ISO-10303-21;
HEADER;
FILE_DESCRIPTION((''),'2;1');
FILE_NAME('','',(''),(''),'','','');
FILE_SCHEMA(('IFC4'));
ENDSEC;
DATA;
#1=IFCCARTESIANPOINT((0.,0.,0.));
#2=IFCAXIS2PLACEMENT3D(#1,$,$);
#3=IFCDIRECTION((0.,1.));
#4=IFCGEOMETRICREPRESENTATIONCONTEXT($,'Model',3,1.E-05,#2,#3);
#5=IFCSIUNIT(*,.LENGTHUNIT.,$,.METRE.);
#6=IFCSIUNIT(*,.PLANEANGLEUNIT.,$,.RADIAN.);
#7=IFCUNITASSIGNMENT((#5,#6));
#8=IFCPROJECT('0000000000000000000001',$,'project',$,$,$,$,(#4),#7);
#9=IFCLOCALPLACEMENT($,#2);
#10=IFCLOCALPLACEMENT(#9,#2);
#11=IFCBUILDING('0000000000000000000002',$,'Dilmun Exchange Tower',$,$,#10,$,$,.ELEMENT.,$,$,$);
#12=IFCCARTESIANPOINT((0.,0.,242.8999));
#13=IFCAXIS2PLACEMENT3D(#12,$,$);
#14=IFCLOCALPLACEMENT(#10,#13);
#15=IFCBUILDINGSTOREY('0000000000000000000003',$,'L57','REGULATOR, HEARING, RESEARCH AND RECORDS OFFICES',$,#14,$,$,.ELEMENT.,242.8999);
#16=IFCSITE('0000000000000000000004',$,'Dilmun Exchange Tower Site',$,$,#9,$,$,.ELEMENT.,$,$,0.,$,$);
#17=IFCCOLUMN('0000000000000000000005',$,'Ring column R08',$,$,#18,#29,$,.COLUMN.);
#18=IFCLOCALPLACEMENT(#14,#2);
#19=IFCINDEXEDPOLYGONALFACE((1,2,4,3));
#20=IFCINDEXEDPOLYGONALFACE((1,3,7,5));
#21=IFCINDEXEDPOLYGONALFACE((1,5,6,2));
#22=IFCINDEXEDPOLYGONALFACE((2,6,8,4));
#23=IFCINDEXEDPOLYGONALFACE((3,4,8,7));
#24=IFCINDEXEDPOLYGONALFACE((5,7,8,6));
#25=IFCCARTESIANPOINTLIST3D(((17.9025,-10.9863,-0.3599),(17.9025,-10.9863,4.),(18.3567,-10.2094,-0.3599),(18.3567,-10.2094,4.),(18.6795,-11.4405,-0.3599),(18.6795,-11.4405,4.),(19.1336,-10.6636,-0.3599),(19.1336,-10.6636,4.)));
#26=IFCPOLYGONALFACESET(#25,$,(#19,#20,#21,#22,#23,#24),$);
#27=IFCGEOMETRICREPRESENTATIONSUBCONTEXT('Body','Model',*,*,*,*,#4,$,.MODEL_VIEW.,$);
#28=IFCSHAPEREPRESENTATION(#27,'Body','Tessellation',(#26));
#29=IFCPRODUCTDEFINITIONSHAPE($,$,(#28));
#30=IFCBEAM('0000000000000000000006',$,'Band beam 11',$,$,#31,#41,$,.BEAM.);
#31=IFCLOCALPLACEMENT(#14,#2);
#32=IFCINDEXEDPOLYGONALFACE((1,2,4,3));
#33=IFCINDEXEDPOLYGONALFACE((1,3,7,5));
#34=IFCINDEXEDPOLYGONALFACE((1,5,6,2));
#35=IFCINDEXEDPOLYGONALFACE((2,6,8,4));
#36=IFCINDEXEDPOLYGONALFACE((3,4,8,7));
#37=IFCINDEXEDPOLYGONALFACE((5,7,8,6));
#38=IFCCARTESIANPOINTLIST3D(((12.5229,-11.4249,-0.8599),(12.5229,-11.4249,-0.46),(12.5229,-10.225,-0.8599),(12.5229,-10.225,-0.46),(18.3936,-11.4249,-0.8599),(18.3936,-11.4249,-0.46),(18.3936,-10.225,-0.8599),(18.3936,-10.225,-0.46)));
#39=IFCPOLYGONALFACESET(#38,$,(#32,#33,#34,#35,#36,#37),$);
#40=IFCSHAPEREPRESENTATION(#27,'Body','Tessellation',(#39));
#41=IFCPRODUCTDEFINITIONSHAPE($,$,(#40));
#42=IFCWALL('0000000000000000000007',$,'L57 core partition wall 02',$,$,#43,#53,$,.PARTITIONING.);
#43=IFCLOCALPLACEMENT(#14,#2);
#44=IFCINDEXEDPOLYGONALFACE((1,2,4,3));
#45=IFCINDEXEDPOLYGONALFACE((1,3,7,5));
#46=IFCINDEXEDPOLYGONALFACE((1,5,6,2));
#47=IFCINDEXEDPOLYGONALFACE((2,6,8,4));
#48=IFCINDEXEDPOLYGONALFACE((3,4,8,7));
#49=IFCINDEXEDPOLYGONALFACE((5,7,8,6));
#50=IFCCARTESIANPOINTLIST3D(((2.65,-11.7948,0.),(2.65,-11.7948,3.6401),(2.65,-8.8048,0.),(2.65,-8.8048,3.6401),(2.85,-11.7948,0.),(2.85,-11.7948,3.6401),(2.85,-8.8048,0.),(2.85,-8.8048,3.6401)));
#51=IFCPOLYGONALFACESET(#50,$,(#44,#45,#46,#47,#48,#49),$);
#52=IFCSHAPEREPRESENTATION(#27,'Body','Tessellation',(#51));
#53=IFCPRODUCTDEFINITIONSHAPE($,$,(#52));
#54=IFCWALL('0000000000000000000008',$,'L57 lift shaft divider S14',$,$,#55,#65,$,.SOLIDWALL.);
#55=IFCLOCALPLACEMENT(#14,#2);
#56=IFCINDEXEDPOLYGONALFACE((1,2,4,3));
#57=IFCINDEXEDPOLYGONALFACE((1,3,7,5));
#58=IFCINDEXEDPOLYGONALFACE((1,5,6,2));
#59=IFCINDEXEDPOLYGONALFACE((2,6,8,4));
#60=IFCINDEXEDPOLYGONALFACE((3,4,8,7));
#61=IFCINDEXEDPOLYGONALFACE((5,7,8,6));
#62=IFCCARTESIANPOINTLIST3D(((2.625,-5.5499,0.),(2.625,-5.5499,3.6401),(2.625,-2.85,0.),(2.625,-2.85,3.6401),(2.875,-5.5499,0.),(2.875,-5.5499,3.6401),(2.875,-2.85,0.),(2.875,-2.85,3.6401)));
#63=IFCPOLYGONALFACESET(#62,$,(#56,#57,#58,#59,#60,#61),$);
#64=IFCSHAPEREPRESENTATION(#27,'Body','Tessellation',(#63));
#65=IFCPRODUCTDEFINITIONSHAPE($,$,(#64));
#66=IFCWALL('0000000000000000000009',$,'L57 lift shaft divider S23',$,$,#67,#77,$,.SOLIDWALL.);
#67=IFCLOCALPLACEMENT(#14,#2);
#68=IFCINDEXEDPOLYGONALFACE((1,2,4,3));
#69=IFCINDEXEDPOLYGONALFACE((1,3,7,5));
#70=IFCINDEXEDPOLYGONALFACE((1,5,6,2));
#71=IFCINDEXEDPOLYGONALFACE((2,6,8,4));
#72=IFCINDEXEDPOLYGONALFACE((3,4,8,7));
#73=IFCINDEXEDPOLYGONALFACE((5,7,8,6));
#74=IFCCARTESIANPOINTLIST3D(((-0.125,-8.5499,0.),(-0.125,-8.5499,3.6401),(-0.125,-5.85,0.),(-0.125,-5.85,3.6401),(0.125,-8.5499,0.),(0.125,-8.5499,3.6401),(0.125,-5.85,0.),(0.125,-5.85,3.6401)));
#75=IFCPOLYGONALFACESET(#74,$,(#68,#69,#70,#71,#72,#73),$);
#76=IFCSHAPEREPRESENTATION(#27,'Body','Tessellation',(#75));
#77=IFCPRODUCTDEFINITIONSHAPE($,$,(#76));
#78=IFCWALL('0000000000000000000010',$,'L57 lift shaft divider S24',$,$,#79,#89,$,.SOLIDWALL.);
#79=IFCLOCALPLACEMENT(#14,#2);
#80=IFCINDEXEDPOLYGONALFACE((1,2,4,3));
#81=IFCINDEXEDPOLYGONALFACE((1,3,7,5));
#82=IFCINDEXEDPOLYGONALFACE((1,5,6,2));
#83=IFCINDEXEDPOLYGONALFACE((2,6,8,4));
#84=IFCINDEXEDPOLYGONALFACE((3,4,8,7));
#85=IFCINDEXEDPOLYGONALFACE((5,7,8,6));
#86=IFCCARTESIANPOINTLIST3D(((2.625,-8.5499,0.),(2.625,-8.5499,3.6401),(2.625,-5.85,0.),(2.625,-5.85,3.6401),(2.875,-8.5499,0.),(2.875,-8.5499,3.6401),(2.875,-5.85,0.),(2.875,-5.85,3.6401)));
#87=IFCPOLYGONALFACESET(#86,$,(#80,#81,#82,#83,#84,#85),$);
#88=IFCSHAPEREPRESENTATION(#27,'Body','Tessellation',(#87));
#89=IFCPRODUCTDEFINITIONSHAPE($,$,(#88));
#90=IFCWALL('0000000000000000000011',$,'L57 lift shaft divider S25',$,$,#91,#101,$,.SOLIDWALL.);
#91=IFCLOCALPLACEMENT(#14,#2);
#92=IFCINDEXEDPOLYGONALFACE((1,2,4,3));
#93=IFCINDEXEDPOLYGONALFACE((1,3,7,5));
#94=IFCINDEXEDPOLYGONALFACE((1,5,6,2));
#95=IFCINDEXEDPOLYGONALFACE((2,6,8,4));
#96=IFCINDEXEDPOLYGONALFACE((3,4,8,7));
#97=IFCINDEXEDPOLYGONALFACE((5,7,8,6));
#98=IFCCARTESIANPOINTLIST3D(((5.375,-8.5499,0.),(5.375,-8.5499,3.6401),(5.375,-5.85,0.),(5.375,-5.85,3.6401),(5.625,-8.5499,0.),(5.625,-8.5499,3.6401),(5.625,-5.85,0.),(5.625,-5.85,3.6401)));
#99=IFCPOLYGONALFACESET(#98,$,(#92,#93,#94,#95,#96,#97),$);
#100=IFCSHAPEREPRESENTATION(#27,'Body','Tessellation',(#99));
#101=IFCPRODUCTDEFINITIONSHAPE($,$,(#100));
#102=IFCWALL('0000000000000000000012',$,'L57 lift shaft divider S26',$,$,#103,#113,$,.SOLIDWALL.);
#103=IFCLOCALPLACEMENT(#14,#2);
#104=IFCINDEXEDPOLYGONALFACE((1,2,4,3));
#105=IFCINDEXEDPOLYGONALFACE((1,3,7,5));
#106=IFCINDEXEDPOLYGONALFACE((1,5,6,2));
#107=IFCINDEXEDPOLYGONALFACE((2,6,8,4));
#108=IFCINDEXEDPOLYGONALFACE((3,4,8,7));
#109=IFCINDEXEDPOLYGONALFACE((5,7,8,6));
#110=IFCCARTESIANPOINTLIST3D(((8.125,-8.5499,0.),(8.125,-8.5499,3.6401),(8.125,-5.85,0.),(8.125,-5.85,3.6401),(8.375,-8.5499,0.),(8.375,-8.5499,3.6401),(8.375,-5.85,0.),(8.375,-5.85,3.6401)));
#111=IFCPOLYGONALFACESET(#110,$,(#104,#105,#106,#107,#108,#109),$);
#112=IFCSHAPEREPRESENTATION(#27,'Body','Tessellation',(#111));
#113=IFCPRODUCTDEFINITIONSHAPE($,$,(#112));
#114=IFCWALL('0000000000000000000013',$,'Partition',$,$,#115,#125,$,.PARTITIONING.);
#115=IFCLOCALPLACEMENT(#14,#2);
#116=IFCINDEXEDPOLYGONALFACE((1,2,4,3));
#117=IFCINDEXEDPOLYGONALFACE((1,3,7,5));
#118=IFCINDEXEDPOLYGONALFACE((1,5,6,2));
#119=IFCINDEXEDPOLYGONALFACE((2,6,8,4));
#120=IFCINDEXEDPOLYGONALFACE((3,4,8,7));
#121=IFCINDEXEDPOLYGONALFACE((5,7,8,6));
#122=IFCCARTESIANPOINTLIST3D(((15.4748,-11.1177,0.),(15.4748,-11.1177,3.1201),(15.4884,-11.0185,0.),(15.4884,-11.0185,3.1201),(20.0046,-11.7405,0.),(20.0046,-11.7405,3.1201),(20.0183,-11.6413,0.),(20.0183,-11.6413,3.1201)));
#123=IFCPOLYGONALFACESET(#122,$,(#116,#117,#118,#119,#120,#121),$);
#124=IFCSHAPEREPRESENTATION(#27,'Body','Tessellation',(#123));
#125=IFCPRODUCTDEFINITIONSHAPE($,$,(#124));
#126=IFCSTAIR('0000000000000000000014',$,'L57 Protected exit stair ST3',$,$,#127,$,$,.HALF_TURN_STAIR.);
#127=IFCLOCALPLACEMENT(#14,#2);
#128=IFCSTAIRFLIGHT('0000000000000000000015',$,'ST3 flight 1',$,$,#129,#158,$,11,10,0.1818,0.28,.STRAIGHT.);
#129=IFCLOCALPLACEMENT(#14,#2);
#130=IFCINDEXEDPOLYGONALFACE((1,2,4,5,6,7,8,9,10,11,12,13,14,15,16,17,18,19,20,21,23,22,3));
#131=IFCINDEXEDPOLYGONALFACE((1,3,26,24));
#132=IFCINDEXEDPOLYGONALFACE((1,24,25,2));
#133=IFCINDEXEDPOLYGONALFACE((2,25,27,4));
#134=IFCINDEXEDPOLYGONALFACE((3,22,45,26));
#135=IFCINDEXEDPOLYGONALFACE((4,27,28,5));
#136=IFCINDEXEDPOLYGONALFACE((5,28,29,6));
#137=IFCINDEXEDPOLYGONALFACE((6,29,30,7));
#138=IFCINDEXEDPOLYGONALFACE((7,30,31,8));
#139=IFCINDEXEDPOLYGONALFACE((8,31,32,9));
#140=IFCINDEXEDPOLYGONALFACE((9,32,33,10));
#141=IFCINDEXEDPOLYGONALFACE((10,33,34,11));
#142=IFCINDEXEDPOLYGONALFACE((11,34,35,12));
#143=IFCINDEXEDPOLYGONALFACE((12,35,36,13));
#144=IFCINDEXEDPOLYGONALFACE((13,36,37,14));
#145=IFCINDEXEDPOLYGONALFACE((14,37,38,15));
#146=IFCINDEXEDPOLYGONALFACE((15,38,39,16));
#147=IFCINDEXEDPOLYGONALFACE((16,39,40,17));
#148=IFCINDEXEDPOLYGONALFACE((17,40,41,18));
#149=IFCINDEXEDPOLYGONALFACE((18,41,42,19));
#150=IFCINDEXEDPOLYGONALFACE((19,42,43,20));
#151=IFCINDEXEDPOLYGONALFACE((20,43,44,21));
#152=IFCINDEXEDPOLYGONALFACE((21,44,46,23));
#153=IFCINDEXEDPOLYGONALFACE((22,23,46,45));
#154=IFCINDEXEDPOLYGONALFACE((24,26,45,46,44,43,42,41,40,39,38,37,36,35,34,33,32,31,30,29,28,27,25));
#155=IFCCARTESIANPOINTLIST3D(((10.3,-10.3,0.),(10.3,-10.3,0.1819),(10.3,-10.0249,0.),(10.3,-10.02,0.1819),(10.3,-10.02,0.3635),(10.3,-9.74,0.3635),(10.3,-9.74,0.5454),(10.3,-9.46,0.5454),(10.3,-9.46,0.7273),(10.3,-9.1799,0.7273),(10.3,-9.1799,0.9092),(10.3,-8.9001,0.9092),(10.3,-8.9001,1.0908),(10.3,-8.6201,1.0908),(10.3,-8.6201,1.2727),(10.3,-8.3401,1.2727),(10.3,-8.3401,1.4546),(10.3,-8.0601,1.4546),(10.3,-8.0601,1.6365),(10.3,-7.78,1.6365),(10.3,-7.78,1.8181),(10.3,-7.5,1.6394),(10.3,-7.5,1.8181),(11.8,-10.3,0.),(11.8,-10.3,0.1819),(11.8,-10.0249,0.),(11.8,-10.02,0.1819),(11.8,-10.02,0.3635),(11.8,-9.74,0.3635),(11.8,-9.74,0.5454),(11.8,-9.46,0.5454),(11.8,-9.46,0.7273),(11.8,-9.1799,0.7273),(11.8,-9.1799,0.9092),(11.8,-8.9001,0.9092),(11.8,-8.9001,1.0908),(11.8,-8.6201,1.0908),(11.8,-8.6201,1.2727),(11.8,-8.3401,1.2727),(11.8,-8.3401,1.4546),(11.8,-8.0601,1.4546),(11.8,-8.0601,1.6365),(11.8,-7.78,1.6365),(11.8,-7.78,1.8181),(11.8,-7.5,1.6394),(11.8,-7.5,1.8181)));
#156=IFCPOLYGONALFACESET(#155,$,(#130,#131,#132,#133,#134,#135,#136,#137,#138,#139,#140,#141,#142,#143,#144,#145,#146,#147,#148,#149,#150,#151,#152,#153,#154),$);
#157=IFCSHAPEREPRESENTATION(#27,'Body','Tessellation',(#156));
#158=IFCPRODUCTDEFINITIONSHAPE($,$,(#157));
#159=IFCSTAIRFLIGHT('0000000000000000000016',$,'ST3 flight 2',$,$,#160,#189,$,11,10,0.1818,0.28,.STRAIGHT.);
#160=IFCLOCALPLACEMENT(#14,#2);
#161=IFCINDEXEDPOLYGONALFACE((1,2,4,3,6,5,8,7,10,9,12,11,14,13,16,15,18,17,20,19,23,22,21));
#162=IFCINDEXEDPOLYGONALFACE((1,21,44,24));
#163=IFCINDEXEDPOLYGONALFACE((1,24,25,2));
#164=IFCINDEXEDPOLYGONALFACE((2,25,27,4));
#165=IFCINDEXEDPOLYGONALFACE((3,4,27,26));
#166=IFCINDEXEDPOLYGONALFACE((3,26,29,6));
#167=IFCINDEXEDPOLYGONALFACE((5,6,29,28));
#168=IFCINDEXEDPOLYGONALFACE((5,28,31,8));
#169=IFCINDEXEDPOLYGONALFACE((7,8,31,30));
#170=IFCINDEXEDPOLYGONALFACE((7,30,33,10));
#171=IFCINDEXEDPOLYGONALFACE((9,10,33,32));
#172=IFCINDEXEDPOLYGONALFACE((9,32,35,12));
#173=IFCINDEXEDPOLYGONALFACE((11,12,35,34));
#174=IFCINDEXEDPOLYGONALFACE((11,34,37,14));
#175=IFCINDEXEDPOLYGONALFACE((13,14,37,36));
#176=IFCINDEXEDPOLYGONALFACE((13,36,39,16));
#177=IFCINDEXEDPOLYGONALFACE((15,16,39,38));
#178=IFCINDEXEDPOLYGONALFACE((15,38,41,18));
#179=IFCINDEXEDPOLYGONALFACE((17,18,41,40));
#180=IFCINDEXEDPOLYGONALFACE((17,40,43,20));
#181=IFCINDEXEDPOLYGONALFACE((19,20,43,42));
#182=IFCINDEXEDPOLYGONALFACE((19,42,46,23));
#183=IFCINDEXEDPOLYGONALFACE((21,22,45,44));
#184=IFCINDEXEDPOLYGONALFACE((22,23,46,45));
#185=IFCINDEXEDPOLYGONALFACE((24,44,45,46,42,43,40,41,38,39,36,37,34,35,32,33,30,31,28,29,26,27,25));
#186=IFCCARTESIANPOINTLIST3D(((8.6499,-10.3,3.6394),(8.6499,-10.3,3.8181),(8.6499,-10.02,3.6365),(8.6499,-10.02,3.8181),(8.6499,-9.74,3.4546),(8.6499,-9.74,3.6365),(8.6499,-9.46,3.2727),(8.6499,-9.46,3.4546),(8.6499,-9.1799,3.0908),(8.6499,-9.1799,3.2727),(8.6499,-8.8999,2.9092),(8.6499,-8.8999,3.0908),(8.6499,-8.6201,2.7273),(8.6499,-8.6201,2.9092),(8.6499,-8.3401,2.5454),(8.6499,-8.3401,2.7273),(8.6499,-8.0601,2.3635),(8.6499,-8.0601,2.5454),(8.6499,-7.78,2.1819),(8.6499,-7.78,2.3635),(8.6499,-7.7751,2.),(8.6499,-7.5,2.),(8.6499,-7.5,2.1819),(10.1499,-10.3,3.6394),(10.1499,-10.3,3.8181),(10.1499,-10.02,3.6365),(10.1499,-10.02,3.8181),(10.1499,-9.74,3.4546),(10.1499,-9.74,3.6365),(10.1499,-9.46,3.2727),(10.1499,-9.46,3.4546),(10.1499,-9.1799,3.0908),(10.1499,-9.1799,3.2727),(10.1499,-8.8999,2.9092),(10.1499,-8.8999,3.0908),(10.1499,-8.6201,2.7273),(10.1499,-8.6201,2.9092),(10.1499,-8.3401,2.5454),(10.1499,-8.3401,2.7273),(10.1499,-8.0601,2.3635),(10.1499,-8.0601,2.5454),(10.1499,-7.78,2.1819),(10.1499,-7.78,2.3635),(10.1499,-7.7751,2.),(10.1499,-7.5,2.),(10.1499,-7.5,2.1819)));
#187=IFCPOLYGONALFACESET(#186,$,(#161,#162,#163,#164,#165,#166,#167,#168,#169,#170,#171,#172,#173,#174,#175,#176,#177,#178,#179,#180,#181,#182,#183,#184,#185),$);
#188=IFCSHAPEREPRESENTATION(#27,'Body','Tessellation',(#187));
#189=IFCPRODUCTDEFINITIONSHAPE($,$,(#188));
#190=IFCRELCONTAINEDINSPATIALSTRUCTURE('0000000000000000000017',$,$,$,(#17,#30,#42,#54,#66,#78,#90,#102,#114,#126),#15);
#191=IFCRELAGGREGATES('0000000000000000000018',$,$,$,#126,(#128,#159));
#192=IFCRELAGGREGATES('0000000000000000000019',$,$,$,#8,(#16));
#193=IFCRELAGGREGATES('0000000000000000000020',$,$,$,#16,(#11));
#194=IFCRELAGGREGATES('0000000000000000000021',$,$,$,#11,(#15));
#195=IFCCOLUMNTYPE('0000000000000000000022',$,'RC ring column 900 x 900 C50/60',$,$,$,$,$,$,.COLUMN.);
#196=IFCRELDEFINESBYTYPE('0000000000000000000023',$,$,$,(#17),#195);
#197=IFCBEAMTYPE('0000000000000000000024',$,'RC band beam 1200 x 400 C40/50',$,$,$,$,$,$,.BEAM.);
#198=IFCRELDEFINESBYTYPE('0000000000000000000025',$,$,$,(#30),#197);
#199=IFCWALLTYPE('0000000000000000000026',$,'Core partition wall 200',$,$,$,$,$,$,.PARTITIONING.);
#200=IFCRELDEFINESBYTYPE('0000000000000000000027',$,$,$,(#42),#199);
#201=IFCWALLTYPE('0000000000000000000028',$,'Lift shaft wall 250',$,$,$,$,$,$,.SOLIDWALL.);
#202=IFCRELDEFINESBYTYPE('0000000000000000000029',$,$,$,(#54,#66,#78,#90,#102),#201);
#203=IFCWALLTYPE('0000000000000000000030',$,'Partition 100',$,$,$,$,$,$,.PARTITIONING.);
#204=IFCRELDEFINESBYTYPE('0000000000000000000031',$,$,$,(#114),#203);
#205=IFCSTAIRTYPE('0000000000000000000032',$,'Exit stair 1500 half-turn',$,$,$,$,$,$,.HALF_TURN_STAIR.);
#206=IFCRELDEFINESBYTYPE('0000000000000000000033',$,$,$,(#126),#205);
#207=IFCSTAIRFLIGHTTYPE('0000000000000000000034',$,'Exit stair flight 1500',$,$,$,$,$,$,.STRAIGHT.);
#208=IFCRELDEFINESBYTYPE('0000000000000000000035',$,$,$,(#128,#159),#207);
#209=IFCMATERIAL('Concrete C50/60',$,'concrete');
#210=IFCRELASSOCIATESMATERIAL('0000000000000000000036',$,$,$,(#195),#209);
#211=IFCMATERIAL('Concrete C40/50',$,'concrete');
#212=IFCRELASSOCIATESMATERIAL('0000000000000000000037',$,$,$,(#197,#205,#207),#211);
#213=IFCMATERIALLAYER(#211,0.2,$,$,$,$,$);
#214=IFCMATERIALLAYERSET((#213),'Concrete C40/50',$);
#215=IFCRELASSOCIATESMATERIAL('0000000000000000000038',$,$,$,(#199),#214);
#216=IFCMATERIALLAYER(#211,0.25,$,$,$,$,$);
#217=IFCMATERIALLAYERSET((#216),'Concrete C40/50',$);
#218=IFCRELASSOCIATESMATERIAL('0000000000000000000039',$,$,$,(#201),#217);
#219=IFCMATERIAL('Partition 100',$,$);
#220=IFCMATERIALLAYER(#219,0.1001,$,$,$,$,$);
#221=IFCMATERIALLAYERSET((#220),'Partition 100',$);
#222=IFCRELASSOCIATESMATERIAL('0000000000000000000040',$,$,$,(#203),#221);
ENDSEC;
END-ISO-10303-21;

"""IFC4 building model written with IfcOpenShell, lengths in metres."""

from ifc_helpers import new_model, si_unit, direction, frame, frame_2d, origin, origin_2d, place, context, subcontext, project, spatial, polyline, rectangle, outline, extrude, material, layer, layer_set, material_profile, profile_set, type_object, element, aggregate, save


model = new_model("IFC4")

# Units and contexts
model_context = context("Model", 3, precision=1e-05, world=origin(), true_north=direction((0.0, 1.0)))
body_context = subcontext(model_context, "Body", "Model", "MODEL_VIEW")
ifc_project = project(units=[si_unit("LENGTHUNIT", "METRE"), si_unit("PLANEANGLEUNIT", "RADIAN")], contexts=[model_context])

# Site, building, storey
site_placement = place(None, origin())
site = spatial("IfcSite", under=ifc_project, at=site_placement, Name="Dilmun Exchange Tower Site", CompositionType="ELEMENT", RefElevation=0.0)
building_placement = place(site_placement, origin())
building = spatial("IfcBuilding", under=site, at=building_placement, Name="Dilmun Exchange Tower", CompositionType="ELEMENT")
storey_placement = place(building_placement, frame((0.0, 0.0, 242.8999)))
storey = spatial("IfcBuildingStorey", under=building, at=storey_placement, Name="L57", Description="REGULATOR, HEARING, RESEARCH AND RECORDS OFFICES", CompositionType="ELEMENT", Elevation=242.8999)

# Column
ifc_material_1 = material(Name="Concrete C50/60", Category="concrete")
ifc_material_profile_1 = material_profile(ifc_material_1, rectangle(XDim=0.8999, YDim=0.8999, at=origin_2d()), Name="900 x 900")
ifc_profile_set_1 = profile_set([ifc_material_profile_1], Name="Concrete C50/60")
column_type = type_object("IfcColumnType", Name="RC ring column 900 x 900 C50/60", PredefinedType="COLUMN", material=ifc_profile_set_1)
column_placement = place(storey_placement, frame((18.5181, -10.825, -0.3599), z_axis=(0.0, 0.0, 1.0), x_axis=(0.504644, 0.863328, 0.0)))
element("IfcColumn", 1, at=column_placement, inside=storey, type_object=column_type, Name="Ring column R08", PredefinedType="COLUMN", context=body_context, shape_type="SweptSolid", body=[
    extrude(rectangle(XDim=0.8999, YDim=0.8999, at=origin_2d()), origin(), (0.0, 0.0, 1.0), 4.3599),
])

# Beam
ifc_material_2 = material(Name="Concrete C40/50", Category="concrete")
ifc_material_profile_2 = material_profile(ifc_material_2, rectangle(XDim=1.2, YDim=0.3999, at=origin_2d()), Name="1200 x 400")
ifc_profile_set_2 = profile_set([ifc_material_profile_2], Name="Concrete C40/50")
beam_type = type_object("IfcBeamType", Name="RC band beam 1200 x 400 C40/50", PredefinedType="BEAM", material=ifc_profile_set_2)
beam_placement = place(storey_placement, frame((18.3936, -10.825, -0.6599), z_axis=(-1.0, 0.0, 0.0), x_axis=(0.0, -1.0, 0.0)))
element("IfcBeam", 2, at=beam_placement, inside=storey, type_object=beam_type, Name="Band beam 11", PredefinedType="BEAM", context=body_context, shape_type="SweptSolid", body=[
    extrude(rectangle(XDim=1.2, YDim=0.3999, at=origin_2d()), origin(), (0.0, 0.0, 1.0), 5.8706),
])

# Wall
ifc_layer_1 = layer(ifc_material_2, 0.2)
ifc_layer_set_1 = layer_set([ifc_layer_1], Name="Concrete C40/50")
wall_type_1 = type_object("IfcWallType", Name="Core partition wall 200", PredefinedType="PARTITIONING", material=ifc_layer_set_1)
wall_1_placement = place(storey_placement, frame((2.75, -11.7949, 0.0), z_axis=(0.0, 0.0, 1.0), x_axis=(0.0, 1.0, 0.0)))
element("IfcWall", 3, at=wall_1_placement, inside=storey, type_object=wall_type_1, Name="L57 core partition wall 02", PredefinedType="PARTITIONING", context=body_context, shape_type="SweptSolid", body=[
    extrude(rectangle(XDim=2.99, YDim=0.2, at=frame_2d((1.4951, 0.0))), origin(), (0.0, 0.0, 1.0), 3.6401),
])

# Walls
ifc_layer_2 = layer(ifc_material_2, 0.25)
ifc_layer_set_2 = layer_set([ifc_layer_2], Name="Concrete C40/50")
wall_type_2 = type_object("IfcWallType", Name="Lift shaft wall 250", PredefinedType="SOLIDWALL", material=ifc_layer_set_2)
for number, where, z_axis, x_axis, name in (
    (4, (2.75, -5.55, 0.0), (0.0, 0.0, 1.0), (0.0, 1.0, 0.0), "L57 lift shaft divider S14"),
    (5, (0.0, -8.55, 0.0), (0.0, 0.0, 1.0), (0.0, 1.0, 0.0), "L57 lift shaft divider S23"),
    (6, (2.75, -8.55, 0.0), (0.0, 0.0, 1.0), (0.0, 1.0, 0.0), "L57 lift shaft divider S24"),
    (7, (5.5, -8.55, 0.0), (0.0, 0.0, 1.0), (0.0, 1.0, 0.0), "L57 lift shaft divider S25"),
    (8, (8.25, -8.55, 0.0), (0.0, 0.0, 1.0), (0.0, 1.0, 0.0), "L57 lift shaft divider S26"),
):
    element("IfcWall", number, at=place(storey_placement, frame(where, z_axis=z_axis, x_axis=x_axis)), inside=storey, type_object=wall_type_2, Name=name, PredefinedType="SOLIDWALL", context=body_context, shape_type="SweptSolid", body=[
        extrude(rectangle(XDim=2.7, YDim=0.25, at=frame_2d((1.3501, 0.0))), origin(), (0.0, 0.0, 1.0), 3.6401),
    ])
ifc_material_3 = material(Name="Partition 100")
ifc_layer_3 = layer(ifc_material_3, 0.1001)
ifc_layer_set_3 = layer_set([ifc_layer_3], Name="Partition 100")
wall_type_3 = type_object("IfcWallType", Name="Partition 100", PredefinedType="PARTITIONING", material=ifc_layer_set_3)
wall_2_placement = place(storey_placement, frame((15.4817, -11.0681, 0.0), z_axis=(0.0, 0.0, 1.0), x_axis=(0.99068, -0.136209, 0.0)))
element("IfcWall", 9, at=wall_2_placement, inside=storey, type_object=wall_type_3, Name="Partition", PredefinedType="PARTITIONING", context=body_context, shape_type="SweptSolid", body=[
    extrude(rectangle(XDim=4.5725, YDim=0.1001, at=frame_2d((2.2861, 0.0))), origin(), (0.0, 0.0, 1.0), 3.1201),
])

# Stair, stair flights
stair_type = type_object("IfcStairType", Name="Exit stair 1500 half-turn", PredefinedType="HALF_TURN_STAIR", material=ifc_material_2)
stair_placement = place(storey_placement, origin())
stair = element("IfcStair", 10, at=stair_placement, inside=storey, type_object=stair_type, Name="L57 Protected exit stair ST3", PredefinedType="HALF_TURN_STAIR")
stair_flight_type = type_object("IfcStairFlightType", Name="Exit stair flight 1500", PredefinedType="STRAIGHT", material=ifc_material_2)
stair_flight_1_placement = place(storey_placement, frame((11.05, -10.3, 0.0), z_axis=(0.0, 0.0, 1.0), x_axis=(0.0, 1.0, 0.0)))
stair_flight_1 = element("IfcStairFlight", 11, at=stair_flight_1_placement, type_object=stair_flight_type, Name="ST3 flight 1", NumberOfRisers=11, NumberOfTreads=10, PredefinedType="STRAIGHT", RiserHeight=0.1818, TreadLength=0.28, context=body_context, shape_type="SweptSolid", body=[
    extrude(outline(polyline([(0.0, 0.0), (0.0, 0.1819), (0.28, 0.1819), (0.28, 0.3635), (0.5601, 0.3635), (0.5601, 0.5454), (0.8401, 0.5454), (0.8401, 0.7273), (1.1201, 0.7273), (1.1201, 0.9092), (1.3999, 0.9092), (1.3999, 1.0908), (1.6799, 1.0908), (1.6799, 1.2727), (1.96, 1.2727), (1.96, 1.4546), (2.24, 1.4546), (2.24, 1.6365), (2.52, 1.6365), (2.52, 1.8181), (2.8, 1.8181), (2.8, 2.0), (2.8, 1.6394), (0.2751, 0.0), (0.0, 0.0)])), frame((0.0, 0.75, 0.0), z_axis=(0.0, -1.0, 0.0), x_axis=(1.0, 0.0, 0.0)), (0.0, 0.0, 1.0), 1.5),
])
stair_flight_2_placement = place(storey_placement, frame((9.3999, -7.5, 2.0), z_axis=(0.0, 0.0, 1.0), x_axis=(0.0, -1.0, 0.0)))
stair_flight_2 = element("IfcStairFlight", 12, at=stair_flight_2_placement, type_object=stair_flight_type, Name="ST3 flight 2", NumberOfRisers=11, NumberOfTreads=10, PredefinedType="STRAIGHT", RiserHeight=0.1818, TreadLength=0.28, context=body_context, shape_type="SweptSolid", body=[
    extrude(outline(polyline([(0.0, 0.0), (0.0, 0.1819), (0.28, 0.1819), (0.28, 0.3635), (0.5601, 0.3635), (0.5601, 0.5454), (0.8401, 0.5454), (0.8401, 0.7273), (1.1201, 0.7273), (1.1201, 0.9092), (1.3999, 0.9092), (1.3999, 1.0908), (1.6799, 1.0908), (1.6799, 1.2727), (1.96, 1.2727), (1.96, 1.4546), (2.24, 1.4546), (2.24, 1.6365), (2.52, 1.6365), (2.52, 1.8181), (2.8, 1.8181), (2.8, 2.0), (2.8, 1.6394), (0.2751, 0.0), (0.0, 0.0)])), frame((0.0, 0.75, 0.0), z_axis=(0.0, -1.0, 0.0), x_axis=(1.0, 0.0, 0.0)), (0.0, 0.0, 1.0), 1.5),
])
aggregate(stair, [stair_flight_1, stair_flight_2])

save(model, "model.ifc")
